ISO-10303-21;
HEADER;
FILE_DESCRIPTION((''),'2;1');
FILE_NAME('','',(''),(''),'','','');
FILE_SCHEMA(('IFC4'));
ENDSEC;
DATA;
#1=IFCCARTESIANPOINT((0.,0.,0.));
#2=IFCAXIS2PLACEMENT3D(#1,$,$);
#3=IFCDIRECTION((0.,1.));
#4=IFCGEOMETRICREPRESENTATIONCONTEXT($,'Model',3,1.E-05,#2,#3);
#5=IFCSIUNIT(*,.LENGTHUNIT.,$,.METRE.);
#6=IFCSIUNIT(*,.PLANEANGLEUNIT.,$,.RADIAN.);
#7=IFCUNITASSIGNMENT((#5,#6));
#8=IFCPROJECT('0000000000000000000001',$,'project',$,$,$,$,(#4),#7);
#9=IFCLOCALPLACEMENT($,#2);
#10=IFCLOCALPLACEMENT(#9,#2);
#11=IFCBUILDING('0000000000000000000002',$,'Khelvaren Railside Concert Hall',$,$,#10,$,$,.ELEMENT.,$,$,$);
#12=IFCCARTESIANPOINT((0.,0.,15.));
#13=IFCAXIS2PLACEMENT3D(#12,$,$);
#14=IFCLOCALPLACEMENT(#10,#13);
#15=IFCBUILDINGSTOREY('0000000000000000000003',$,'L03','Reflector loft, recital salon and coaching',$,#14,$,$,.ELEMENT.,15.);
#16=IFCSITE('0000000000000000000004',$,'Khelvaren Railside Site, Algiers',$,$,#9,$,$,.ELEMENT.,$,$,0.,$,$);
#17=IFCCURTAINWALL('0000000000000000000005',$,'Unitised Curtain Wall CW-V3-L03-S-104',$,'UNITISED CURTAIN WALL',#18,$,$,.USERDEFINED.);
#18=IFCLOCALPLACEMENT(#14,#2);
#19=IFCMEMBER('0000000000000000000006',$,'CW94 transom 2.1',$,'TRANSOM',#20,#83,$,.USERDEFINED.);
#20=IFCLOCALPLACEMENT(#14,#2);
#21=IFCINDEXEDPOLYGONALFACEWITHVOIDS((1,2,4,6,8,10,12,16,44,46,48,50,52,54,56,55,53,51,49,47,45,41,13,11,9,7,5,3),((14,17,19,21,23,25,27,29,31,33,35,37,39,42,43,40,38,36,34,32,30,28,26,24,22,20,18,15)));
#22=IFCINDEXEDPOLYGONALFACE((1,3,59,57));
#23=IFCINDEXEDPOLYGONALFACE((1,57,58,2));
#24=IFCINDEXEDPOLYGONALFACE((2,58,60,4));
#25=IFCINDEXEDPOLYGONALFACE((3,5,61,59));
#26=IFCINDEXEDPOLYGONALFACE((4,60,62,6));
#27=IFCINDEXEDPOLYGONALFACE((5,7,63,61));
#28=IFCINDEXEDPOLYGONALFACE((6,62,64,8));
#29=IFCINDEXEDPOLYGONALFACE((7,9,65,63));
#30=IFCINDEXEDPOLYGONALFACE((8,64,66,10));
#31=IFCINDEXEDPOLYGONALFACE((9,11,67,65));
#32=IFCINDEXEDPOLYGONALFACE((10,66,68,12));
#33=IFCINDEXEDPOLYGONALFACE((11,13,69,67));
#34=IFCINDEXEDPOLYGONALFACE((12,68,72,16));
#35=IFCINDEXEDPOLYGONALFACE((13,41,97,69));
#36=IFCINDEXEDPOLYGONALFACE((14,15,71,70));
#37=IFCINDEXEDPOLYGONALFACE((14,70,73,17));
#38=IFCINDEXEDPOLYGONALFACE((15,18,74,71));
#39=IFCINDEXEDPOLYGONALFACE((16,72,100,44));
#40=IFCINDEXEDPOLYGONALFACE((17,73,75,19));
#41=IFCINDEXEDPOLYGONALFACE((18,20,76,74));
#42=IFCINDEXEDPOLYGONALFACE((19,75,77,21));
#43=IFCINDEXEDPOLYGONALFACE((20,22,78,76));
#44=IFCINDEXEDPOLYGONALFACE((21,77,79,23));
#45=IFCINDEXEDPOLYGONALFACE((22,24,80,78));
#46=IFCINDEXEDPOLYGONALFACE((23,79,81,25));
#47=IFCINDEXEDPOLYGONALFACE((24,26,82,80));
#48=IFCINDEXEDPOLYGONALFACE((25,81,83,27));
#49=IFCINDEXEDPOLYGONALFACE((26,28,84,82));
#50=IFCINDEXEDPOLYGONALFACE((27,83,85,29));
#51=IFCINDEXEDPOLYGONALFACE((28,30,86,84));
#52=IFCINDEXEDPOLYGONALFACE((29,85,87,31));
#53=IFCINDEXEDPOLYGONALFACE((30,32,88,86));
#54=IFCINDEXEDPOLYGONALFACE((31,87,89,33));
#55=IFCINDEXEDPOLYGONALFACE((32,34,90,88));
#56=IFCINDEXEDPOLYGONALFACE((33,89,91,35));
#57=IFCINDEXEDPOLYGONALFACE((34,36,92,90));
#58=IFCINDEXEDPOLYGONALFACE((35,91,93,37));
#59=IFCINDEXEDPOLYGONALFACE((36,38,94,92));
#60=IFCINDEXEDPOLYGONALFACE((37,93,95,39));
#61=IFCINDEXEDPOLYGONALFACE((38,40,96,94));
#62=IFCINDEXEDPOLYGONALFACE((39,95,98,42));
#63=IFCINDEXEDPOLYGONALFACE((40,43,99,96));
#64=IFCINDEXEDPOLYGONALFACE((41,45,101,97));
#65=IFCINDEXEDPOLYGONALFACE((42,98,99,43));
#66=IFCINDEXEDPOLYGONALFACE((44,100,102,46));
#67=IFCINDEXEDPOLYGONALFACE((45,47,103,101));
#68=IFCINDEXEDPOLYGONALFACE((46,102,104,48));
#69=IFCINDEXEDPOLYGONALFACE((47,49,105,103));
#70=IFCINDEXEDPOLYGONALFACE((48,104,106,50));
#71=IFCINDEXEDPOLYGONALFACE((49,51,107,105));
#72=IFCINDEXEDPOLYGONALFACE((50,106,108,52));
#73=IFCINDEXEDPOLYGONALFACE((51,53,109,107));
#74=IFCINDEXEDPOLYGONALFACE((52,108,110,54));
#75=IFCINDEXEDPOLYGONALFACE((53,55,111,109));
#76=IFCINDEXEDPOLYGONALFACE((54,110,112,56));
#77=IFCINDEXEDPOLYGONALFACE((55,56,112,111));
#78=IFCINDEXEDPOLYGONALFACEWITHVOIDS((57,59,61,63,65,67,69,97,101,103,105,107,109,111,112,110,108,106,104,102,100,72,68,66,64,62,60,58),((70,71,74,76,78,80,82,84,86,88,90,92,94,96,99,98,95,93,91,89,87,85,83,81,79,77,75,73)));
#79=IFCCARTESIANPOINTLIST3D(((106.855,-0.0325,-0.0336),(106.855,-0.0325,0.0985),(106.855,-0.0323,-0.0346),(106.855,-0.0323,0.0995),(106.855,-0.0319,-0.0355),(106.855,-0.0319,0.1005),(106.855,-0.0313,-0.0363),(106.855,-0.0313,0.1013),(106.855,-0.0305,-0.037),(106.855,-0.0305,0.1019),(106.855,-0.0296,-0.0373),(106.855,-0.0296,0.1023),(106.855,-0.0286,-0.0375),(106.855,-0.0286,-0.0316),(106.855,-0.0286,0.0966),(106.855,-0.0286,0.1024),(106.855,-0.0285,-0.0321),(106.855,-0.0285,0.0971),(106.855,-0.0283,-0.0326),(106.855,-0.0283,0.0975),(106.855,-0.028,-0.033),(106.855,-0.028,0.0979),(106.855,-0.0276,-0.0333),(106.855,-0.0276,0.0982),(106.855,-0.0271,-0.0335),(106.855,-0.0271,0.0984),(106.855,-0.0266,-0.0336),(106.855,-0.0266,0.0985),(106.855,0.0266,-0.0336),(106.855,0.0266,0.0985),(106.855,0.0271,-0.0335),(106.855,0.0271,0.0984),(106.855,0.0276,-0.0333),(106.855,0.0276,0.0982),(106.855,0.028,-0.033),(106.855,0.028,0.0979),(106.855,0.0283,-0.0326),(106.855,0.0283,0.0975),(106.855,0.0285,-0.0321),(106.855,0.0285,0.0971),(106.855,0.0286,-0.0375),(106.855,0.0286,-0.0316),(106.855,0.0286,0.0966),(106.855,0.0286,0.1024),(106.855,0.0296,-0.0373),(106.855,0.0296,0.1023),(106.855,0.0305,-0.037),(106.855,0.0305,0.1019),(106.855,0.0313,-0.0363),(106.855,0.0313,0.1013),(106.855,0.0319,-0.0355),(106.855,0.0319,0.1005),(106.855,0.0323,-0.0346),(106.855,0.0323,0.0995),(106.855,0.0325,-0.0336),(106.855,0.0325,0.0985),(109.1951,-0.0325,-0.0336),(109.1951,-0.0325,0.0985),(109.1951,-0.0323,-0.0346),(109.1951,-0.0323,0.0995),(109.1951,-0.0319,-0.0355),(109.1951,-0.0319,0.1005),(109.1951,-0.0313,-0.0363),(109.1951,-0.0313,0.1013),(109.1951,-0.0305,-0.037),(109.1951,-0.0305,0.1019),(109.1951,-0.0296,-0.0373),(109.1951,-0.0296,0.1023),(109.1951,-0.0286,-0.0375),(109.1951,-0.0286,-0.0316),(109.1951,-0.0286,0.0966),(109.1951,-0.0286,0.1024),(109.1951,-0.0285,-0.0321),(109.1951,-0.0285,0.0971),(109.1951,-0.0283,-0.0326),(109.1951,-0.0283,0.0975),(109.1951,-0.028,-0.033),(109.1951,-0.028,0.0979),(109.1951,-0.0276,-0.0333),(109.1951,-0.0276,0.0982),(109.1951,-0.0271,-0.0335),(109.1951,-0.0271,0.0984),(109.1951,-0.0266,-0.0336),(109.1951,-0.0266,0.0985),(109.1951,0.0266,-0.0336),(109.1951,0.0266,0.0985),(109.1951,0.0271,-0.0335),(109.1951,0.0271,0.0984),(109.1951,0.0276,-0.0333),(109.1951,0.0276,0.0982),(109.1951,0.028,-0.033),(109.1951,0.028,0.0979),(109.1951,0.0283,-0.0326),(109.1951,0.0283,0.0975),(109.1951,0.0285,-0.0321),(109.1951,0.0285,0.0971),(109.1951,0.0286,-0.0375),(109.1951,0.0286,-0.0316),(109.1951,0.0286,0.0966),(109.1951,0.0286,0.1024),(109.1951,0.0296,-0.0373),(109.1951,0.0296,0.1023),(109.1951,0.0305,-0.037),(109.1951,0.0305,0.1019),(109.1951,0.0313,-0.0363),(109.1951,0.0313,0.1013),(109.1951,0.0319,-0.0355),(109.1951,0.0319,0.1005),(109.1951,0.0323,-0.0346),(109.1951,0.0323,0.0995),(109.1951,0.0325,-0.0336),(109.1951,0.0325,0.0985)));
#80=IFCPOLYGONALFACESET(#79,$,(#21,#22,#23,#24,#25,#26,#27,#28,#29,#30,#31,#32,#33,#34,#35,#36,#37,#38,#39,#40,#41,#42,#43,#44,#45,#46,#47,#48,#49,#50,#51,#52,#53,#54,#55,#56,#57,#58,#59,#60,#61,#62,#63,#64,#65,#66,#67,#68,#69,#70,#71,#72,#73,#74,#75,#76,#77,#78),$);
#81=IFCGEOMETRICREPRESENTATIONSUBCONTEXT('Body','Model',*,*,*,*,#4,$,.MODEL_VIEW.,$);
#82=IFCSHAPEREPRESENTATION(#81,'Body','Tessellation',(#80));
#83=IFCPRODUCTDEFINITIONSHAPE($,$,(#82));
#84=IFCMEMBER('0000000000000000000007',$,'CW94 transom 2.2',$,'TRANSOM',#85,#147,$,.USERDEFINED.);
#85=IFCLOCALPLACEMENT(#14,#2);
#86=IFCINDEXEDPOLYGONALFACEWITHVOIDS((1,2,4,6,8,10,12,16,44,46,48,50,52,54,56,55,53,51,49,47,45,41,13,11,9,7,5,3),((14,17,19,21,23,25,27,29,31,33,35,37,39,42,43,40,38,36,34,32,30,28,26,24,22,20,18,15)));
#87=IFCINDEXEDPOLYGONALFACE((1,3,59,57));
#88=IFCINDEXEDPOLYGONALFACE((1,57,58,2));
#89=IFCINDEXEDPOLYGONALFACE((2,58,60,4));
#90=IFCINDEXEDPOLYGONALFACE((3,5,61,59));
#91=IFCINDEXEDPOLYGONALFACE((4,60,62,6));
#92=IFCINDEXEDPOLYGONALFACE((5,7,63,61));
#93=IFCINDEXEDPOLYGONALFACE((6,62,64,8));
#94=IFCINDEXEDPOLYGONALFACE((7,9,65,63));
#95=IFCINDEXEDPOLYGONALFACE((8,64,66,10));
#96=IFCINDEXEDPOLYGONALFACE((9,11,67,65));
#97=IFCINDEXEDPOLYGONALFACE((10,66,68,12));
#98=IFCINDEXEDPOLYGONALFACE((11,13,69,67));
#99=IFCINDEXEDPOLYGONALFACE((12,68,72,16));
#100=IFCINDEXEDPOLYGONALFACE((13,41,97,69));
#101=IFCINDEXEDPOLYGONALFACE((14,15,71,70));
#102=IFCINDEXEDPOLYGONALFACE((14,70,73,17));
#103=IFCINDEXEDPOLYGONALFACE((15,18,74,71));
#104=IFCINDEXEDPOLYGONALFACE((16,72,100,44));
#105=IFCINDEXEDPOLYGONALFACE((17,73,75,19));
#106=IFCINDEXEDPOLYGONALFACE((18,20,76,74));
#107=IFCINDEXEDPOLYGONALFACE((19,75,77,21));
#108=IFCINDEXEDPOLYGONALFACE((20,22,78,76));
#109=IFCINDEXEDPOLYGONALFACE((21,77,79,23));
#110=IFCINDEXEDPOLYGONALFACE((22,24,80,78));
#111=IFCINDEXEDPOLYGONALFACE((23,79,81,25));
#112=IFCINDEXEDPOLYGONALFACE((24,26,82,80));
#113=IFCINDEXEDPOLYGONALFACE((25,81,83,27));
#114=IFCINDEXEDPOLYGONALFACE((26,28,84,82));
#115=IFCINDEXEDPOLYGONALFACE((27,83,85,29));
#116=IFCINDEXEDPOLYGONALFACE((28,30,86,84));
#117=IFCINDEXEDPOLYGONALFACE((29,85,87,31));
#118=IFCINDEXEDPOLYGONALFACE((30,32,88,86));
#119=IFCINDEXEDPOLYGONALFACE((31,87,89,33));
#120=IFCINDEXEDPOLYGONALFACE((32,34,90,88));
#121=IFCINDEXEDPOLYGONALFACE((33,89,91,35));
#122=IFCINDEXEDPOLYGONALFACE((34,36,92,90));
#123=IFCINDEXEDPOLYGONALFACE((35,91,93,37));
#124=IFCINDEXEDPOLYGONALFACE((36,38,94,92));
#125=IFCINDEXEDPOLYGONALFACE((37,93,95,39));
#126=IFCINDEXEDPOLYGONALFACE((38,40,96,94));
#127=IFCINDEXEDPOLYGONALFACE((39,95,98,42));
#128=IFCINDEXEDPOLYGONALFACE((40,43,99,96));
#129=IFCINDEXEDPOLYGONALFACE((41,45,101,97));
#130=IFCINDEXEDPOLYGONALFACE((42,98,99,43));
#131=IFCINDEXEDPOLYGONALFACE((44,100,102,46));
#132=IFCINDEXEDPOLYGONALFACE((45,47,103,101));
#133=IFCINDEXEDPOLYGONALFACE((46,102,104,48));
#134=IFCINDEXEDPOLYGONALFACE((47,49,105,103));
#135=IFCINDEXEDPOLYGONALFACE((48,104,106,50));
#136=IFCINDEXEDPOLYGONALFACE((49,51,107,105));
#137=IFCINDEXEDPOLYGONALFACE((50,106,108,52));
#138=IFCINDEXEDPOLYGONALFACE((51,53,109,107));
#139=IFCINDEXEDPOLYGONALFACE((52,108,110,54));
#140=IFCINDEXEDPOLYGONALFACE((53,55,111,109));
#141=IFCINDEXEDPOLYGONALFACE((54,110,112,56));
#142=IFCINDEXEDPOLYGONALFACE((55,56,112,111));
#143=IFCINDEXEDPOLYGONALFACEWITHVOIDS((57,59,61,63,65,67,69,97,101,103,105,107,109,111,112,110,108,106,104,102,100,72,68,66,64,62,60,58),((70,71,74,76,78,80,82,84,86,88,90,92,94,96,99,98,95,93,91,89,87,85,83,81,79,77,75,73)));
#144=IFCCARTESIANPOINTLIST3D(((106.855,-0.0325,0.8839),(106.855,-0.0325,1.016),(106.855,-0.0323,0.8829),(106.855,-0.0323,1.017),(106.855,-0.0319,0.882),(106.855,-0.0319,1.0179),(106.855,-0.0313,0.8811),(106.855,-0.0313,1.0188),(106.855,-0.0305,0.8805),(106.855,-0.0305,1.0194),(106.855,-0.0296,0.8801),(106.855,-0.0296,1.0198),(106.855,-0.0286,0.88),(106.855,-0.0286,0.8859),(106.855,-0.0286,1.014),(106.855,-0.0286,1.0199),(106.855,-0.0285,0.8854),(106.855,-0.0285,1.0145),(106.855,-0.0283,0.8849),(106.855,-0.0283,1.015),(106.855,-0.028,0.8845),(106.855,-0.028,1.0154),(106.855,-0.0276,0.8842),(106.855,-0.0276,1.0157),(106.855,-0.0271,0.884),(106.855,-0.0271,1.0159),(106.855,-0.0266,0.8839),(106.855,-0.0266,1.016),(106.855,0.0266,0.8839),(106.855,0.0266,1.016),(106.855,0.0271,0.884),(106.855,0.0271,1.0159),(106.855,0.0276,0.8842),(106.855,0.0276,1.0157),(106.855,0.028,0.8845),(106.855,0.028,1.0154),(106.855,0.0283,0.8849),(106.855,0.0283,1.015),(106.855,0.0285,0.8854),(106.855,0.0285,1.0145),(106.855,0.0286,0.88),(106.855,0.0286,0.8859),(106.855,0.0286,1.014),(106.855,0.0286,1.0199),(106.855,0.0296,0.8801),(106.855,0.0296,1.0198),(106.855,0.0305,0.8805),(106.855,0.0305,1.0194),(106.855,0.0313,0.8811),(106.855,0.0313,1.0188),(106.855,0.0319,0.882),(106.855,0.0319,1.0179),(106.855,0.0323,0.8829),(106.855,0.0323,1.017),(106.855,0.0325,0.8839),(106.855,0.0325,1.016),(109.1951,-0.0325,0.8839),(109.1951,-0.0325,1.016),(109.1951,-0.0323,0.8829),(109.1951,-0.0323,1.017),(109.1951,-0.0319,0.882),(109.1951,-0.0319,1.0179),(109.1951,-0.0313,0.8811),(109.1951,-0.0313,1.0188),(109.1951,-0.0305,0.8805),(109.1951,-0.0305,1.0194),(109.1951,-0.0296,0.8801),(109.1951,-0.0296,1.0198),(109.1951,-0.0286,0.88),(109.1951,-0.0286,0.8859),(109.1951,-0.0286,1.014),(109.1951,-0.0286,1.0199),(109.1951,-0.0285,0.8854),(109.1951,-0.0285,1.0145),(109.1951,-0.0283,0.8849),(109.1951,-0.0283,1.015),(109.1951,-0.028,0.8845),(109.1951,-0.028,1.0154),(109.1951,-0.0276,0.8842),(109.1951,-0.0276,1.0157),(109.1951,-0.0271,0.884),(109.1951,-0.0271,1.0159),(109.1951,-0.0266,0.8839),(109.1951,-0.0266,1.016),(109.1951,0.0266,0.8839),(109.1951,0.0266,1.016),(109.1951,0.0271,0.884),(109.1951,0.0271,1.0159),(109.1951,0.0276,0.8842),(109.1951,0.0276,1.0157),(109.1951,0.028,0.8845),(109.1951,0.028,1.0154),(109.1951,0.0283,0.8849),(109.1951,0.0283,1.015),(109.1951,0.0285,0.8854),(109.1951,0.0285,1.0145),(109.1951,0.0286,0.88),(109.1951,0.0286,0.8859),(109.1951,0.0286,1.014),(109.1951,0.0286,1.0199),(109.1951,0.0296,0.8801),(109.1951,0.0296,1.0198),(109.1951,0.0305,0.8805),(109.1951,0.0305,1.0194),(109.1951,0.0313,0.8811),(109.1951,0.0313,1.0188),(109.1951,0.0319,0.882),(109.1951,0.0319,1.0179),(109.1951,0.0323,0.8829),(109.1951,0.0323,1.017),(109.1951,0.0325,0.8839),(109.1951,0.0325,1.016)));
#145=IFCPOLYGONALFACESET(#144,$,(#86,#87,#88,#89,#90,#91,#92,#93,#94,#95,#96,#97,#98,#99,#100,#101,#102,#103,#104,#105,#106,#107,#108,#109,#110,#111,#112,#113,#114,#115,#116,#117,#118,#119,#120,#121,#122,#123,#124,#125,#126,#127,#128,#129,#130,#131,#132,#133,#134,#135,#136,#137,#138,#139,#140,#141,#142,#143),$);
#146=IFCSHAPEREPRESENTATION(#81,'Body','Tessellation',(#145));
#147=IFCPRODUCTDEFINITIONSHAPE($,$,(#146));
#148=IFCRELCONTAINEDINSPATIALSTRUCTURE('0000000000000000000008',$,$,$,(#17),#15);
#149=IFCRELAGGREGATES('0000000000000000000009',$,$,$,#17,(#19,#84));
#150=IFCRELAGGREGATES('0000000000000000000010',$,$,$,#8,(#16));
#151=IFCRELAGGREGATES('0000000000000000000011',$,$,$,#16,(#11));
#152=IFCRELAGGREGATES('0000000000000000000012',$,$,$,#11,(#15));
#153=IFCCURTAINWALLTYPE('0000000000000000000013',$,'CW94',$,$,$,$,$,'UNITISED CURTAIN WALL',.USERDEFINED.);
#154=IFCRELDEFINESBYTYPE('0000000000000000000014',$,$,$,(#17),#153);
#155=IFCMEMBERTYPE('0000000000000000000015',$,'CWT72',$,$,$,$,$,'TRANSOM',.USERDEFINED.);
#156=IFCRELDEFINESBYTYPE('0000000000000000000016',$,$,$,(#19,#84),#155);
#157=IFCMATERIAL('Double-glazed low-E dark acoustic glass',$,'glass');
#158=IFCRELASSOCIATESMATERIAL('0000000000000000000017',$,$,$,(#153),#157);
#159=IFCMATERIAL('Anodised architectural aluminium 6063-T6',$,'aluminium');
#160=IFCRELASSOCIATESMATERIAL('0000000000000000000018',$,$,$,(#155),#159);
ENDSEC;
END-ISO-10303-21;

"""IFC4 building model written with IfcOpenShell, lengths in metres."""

from ifc_helpers import new_model, si_unit, direction, frame, origin, origin_2d, place, context, subcontext, project, spatial, hollow_rectangle, extrude, material, material_profile, profile_set, type_object, element, aggregate, save


model = new_model("IFC4")

# Units and contexts
model_context = context("Model", 3, precision=1e-05, world=origin(), true_north=direction((0.0, 1.0)))
body_context = subcontext(model_context, "Body", "Model", "MODEL_VIEW")
ifc_project = project(units=[si_unit("LENGTHUNIT", "METRE"), si_unit("PLANEANGLEUNIT", "RADIAN")], contexts=[model_context])

# Site, building, storey
site_placement = place(None, origin())
site = spatial("IfcSite", under=ifc_project, at=site_placement, Name="Khelvaren Railside Site, Algiers", CompositionType="ELEMENT", RefElevation=0.0)
building_placement = place(site_placement, origin())
building = spatial("IfcBuilding", under=site, at=building_placement, Name="Khelvaren Railside Concert Hall", CompositionType="ELEMENT")
storey_placement = place(building_placement, frame((0.0, 0.0, 15.0)))
storey = spatial("IfcBuildingStorey", under=building, at=storey_placement, Name="L03", Description="Reflector loft, recital salon and coaching", CompositionType="ELEMENT", Elevation=15.0)

# Curtain wall
ifc_material_1 = material(Name="Double-glazed low-E dark acoustic glass", Category="glass")
curtain_wall_type_1 = type_object("IfcCurtainWallType", Name="CW94", ElementType="UNITISED CURTAIN WALL", PredefinedType="USERDEFINED", material=ifc_material_1)
curtain_wall_1_placement = place(storey_placement, origin())
curtain_wall_1 = element("IfcCurtainWall", 1, at=curtain_wall_1_placement, inside=storey, type_object=curtain_wall_type_1, Name="Unitised Curtain Wall CW-V3-L03-S-104", ObjectType="UNITISED CURTAIN WALL", PredefinedType="USERDEFINED")
ifc_material_2 = material(Name="Anodised architectural aluminium 6063-T6", Category="aluminium")

# Members
ifc_material_profile_1 = material_profile(ifc_material_2, hollow_rectangle(XDim=0.0649, YDim=0.1399, WallThickness=0.0039, InnerFilletRadius=0.002, OuterFilletRadius=0.0039, at=origin_2d()), Name="CWT 65x140x4")
ifc_profile_set_1 = profile_set([ifc_material_profile_1], Name="Anodised architectural aluminium 6063-T6")
member_type_1 = type_object("IfcMemberType", Name="CWT72", ElementType="TRANSOM", PredefinedType="USERDEFINED", material=ifc_profile_set_1)
member_1_placement = place(storey_placement, frame((109.1951, 0.0, 0.0325), z_axis=(-1.0, 0.0, 0.0), x_axis=(0.0, -1.0, 0.0)))
member_1 = element("IfcMember", 2, at=member_1_placement, type_object=member_type_1, Name="CW94 transom 2.1", ObjectType="TRANSOM", PredefinedType="USERDEFINED", context=body_context, shape_type="SweptSolid", body=[
    extrude(hollow_rectangle(XDim=0.0649, YDim=0.1399, WallThickness=0.0039, InnerFilletRadius=0.002, OuterFilletRadius=0.0039, at=origin_2d()), origin(), (0.0, 0.0, 1.0), 2.3401),
])
member_2_placement = place(storey_placement, frame((109.1951, 0.0, 0.95), z_axis=(-1.0, 0.0, 0.0), x_axis=(0.0, -1.0, 0.0)))
member_2 = element("IfcMember", 3, at=member_2_placement, type_object=member_type_1, Name="CW94 transom 2.2", ObjectType="TRANSOM", PredefinedType="USERDEFINED", context=body_context, shape_type="SweptSolid", body=[
    extrude(hollow_rectangle(XDim=0.0649, YDim=0.1399, WallThickness=0.0039, InnerFilletRadius=0.002, OuterFilletRadius=0.0039, at=origin_2d()), origin(), (0.0, 0.0, 1.0), 2.3401),
])

aggregate(curtain_wall_1, [member_1, member_2])

save(model, "model.ifc")
